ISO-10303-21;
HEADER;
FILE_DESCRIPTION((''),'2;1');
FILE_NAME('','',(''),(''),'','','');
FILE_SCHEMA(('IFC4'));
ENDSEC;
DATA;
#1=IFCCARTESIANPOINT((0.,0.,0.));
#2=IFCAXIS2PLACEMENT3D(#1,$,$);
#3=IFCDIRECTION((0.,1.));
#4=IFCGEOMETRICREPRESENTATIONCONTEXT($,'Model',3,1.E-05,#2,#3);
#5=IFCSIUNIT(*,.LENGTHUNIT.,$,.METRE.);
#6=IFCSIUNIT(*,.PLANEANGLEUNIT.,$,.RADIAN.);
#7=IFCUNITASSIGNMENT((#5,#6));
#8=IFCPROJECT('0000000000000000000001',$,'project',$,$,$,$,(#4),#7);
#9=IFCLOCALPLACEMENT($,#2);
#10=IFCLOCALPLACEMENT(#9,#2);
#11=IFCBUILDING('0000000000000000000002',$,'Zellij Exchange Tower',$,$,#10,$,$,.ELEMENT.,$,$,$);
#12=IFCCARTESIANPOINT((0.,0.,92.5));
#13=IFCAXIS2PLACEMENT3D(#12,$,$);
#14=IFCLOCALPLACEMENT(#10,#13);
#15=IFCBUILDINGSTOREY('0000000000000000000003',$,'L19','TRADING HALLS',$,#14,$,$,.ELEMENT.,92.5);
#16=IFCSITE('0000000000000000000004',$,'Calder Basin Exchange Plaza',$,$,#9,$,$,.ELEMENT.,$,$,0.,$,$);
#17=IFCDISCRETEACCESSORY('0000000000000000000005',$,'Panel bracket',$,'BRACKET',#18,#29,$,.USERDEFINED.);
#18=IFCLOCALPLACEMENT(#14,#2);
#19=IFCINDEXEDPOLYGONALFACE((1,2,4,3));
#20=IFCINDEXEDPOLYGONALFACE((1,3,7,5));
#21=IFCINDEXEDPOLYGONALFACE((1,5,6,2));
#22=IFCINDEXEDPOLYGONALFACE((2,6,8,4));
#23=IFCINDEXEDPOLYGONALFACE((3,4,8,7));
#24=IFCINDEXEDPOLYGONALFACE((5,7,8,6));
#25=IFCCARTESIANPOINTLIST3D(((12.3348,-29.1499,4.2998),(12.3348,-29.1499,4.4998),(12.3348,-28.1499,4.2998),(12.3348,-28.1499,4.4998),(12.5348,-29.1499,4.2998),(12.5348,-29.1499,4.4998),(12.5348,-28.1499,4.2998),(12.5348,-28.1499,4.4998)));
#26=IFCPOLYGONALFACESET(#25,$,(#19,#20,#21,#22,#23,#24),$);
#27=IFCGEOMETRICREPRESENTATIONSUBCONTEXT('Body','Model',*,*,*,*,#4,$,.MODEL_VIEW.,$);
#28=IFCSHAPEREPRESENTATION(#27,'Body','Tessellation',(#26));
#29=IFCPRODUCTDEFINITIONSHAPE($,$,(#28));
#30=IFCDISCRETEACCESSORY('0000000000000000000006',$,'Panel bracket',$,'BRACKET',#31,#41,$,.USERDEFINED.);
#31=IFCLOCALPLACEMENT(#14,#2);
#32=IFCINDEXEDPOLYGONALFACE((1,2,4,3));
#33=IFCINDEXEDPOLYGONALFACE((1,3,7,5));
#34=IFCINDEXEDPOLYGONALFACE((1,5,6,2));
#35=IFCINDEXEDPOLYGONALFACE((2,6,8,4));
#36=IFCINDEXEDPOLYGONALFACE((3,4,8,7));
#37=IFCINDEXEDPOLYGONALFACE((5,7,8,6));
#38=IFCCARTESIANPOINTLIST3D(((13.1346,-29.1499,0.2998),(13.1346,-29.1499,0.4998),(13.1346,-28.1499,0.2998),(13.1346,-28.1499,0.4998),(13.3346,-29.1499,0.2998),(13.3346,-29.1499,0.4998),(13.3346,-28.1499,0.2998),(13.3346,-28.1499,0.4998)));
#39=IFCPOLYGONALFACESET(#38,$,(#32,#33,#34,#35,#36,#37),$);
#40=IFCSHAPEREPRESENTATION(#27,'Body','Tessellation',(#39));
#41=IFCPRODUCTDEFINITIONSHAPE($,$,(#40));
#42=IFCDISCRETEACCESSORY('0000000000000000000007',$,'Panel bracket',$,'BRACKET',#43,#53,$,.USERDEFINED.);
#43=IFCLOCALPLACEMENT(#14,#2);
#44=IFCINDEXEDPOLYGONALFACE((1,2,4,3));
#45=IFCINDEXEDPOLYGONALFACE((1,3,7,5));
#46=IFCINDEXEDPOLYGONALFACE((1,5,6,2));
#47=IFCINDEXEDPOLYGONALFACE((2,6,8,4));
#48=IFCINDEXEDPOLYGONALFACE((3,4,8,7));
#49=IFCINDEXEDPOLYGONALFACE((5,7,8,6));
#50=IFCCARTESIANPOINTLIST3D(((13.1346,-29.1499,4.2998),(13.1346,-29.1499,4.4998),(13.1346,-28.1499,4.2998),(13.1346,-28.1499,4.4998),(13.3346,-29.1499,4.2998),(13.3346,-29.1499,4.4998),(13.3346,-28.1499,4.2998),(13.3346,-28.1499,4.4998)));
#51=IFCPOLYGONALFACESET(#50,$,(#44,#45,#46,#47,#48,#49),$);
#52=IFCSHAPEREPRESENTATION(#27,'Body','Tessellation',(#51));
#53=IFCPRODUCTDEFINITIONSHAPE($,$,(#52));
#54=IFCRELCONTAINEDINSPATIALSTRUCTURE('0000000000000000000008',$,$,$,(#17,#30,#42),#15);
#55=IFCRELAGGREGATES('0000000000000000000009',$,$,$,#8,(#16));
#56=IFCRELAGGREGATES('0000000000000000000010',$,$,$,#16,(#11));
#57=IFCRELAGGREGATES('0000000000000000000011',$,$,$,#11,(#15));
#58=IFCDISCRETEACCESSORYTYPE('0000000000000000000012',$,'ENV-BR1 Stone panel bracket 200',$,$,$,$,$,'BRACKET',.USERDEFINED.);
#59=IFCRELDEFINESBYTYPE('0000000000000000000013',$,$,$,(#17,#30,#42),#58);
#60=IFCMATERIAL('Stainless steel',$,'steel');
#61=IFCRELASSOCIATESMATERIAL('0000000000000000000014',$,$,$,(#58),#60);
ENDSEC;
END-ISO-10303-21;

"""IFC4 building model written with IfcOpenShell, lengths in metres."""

from ifc_helpers import new_model, si_unit, direction, frame, origin, origin_2d, place, context, subcontext, project, spatial, rectangle, extrude, material, type_object, element, save


model = new_model("IFC4")

# Units and contexts
model_context = context("Model", 3, precision=1e-05, world=origin(), true_north=direction((0.0, 1.0)))
body_context = subcontext(model_context, "Body", "Model", "MODEL_VIEW")
ifc_project = project(units=[si_unit("LENGTHUNIT", "METRE"), si_unit("PLANEANGLEUNIT", "RADIAN")], contexts=[model_context])

# Site, building, storey
site_placement = place(None, origin())
site = spatial("IfcSite", under=ifc_project, at=site_placement, Name="Calder Basin Exchange Plaza", CompositionType="ELEMENT", RefElevation=0.0)
building_placement = place(site_placement, origin())
building = spatial("IfcBuilding", under=site, at=building_placement, Name="Zellij Exchange Tower", CompositionType="ELEMENT")
storey_placement = place(building_placement, frame((0.0, 0.0, 92.5)))
storey = spatial("IfcBuildingStorey", under=building, at=storey_placement, Name="L19", Description="TRADING HALLS", CompositionType="ELEMENT", Elevation=92.5)

# Discrete accessories
ifc_material_1 = material(Name="Stainless steel", Category="steel")
discrete_accessory_type = type_object("IfcDiscreteAccessoryType", Name="ENV-BR1 Stone panel bracket 200", ElementType="BRACKET", PredefinedType="USERDEFINED", material=ifc_material_1)
for number, where, z_axis, x_axis, name in (
    (1, (12.4348, -28.6499, 4.2998), (0.0, 0.0, 1.0), (1.0, 0.0, 0.0), "Panel bracket"),
    (2, (13.2346, -28.6499, 0.2998), (0.0, 0.0, 1.0), (1.0, 0.0, 0.0), "Panel bracket"),
    (3, (13.2346, -28.6499, 4.2998), (0.0, 0.0, 1.0), (1.0, 0.0, 0.0), "Panel bracket"),
):
    element("IfcDiscreteAccessory", number, at=place(storey_placement, frame(where, z_axis=z_axis, x_axis=x_axis)), inside=storey, type_object=discrete_accessory_type, Name=name, ObjectType="BRACKET", PredefinedType="USERDEFINED", context=body_context, shape_type="SweptSolid", body=[
        extrude(rectangle(XDim=0.2, YDim=1.0, at=origin_2d()), origin(), (0.0, 0.0, 1.0), 0.2),
    ])

save(model, "model.ifc")
